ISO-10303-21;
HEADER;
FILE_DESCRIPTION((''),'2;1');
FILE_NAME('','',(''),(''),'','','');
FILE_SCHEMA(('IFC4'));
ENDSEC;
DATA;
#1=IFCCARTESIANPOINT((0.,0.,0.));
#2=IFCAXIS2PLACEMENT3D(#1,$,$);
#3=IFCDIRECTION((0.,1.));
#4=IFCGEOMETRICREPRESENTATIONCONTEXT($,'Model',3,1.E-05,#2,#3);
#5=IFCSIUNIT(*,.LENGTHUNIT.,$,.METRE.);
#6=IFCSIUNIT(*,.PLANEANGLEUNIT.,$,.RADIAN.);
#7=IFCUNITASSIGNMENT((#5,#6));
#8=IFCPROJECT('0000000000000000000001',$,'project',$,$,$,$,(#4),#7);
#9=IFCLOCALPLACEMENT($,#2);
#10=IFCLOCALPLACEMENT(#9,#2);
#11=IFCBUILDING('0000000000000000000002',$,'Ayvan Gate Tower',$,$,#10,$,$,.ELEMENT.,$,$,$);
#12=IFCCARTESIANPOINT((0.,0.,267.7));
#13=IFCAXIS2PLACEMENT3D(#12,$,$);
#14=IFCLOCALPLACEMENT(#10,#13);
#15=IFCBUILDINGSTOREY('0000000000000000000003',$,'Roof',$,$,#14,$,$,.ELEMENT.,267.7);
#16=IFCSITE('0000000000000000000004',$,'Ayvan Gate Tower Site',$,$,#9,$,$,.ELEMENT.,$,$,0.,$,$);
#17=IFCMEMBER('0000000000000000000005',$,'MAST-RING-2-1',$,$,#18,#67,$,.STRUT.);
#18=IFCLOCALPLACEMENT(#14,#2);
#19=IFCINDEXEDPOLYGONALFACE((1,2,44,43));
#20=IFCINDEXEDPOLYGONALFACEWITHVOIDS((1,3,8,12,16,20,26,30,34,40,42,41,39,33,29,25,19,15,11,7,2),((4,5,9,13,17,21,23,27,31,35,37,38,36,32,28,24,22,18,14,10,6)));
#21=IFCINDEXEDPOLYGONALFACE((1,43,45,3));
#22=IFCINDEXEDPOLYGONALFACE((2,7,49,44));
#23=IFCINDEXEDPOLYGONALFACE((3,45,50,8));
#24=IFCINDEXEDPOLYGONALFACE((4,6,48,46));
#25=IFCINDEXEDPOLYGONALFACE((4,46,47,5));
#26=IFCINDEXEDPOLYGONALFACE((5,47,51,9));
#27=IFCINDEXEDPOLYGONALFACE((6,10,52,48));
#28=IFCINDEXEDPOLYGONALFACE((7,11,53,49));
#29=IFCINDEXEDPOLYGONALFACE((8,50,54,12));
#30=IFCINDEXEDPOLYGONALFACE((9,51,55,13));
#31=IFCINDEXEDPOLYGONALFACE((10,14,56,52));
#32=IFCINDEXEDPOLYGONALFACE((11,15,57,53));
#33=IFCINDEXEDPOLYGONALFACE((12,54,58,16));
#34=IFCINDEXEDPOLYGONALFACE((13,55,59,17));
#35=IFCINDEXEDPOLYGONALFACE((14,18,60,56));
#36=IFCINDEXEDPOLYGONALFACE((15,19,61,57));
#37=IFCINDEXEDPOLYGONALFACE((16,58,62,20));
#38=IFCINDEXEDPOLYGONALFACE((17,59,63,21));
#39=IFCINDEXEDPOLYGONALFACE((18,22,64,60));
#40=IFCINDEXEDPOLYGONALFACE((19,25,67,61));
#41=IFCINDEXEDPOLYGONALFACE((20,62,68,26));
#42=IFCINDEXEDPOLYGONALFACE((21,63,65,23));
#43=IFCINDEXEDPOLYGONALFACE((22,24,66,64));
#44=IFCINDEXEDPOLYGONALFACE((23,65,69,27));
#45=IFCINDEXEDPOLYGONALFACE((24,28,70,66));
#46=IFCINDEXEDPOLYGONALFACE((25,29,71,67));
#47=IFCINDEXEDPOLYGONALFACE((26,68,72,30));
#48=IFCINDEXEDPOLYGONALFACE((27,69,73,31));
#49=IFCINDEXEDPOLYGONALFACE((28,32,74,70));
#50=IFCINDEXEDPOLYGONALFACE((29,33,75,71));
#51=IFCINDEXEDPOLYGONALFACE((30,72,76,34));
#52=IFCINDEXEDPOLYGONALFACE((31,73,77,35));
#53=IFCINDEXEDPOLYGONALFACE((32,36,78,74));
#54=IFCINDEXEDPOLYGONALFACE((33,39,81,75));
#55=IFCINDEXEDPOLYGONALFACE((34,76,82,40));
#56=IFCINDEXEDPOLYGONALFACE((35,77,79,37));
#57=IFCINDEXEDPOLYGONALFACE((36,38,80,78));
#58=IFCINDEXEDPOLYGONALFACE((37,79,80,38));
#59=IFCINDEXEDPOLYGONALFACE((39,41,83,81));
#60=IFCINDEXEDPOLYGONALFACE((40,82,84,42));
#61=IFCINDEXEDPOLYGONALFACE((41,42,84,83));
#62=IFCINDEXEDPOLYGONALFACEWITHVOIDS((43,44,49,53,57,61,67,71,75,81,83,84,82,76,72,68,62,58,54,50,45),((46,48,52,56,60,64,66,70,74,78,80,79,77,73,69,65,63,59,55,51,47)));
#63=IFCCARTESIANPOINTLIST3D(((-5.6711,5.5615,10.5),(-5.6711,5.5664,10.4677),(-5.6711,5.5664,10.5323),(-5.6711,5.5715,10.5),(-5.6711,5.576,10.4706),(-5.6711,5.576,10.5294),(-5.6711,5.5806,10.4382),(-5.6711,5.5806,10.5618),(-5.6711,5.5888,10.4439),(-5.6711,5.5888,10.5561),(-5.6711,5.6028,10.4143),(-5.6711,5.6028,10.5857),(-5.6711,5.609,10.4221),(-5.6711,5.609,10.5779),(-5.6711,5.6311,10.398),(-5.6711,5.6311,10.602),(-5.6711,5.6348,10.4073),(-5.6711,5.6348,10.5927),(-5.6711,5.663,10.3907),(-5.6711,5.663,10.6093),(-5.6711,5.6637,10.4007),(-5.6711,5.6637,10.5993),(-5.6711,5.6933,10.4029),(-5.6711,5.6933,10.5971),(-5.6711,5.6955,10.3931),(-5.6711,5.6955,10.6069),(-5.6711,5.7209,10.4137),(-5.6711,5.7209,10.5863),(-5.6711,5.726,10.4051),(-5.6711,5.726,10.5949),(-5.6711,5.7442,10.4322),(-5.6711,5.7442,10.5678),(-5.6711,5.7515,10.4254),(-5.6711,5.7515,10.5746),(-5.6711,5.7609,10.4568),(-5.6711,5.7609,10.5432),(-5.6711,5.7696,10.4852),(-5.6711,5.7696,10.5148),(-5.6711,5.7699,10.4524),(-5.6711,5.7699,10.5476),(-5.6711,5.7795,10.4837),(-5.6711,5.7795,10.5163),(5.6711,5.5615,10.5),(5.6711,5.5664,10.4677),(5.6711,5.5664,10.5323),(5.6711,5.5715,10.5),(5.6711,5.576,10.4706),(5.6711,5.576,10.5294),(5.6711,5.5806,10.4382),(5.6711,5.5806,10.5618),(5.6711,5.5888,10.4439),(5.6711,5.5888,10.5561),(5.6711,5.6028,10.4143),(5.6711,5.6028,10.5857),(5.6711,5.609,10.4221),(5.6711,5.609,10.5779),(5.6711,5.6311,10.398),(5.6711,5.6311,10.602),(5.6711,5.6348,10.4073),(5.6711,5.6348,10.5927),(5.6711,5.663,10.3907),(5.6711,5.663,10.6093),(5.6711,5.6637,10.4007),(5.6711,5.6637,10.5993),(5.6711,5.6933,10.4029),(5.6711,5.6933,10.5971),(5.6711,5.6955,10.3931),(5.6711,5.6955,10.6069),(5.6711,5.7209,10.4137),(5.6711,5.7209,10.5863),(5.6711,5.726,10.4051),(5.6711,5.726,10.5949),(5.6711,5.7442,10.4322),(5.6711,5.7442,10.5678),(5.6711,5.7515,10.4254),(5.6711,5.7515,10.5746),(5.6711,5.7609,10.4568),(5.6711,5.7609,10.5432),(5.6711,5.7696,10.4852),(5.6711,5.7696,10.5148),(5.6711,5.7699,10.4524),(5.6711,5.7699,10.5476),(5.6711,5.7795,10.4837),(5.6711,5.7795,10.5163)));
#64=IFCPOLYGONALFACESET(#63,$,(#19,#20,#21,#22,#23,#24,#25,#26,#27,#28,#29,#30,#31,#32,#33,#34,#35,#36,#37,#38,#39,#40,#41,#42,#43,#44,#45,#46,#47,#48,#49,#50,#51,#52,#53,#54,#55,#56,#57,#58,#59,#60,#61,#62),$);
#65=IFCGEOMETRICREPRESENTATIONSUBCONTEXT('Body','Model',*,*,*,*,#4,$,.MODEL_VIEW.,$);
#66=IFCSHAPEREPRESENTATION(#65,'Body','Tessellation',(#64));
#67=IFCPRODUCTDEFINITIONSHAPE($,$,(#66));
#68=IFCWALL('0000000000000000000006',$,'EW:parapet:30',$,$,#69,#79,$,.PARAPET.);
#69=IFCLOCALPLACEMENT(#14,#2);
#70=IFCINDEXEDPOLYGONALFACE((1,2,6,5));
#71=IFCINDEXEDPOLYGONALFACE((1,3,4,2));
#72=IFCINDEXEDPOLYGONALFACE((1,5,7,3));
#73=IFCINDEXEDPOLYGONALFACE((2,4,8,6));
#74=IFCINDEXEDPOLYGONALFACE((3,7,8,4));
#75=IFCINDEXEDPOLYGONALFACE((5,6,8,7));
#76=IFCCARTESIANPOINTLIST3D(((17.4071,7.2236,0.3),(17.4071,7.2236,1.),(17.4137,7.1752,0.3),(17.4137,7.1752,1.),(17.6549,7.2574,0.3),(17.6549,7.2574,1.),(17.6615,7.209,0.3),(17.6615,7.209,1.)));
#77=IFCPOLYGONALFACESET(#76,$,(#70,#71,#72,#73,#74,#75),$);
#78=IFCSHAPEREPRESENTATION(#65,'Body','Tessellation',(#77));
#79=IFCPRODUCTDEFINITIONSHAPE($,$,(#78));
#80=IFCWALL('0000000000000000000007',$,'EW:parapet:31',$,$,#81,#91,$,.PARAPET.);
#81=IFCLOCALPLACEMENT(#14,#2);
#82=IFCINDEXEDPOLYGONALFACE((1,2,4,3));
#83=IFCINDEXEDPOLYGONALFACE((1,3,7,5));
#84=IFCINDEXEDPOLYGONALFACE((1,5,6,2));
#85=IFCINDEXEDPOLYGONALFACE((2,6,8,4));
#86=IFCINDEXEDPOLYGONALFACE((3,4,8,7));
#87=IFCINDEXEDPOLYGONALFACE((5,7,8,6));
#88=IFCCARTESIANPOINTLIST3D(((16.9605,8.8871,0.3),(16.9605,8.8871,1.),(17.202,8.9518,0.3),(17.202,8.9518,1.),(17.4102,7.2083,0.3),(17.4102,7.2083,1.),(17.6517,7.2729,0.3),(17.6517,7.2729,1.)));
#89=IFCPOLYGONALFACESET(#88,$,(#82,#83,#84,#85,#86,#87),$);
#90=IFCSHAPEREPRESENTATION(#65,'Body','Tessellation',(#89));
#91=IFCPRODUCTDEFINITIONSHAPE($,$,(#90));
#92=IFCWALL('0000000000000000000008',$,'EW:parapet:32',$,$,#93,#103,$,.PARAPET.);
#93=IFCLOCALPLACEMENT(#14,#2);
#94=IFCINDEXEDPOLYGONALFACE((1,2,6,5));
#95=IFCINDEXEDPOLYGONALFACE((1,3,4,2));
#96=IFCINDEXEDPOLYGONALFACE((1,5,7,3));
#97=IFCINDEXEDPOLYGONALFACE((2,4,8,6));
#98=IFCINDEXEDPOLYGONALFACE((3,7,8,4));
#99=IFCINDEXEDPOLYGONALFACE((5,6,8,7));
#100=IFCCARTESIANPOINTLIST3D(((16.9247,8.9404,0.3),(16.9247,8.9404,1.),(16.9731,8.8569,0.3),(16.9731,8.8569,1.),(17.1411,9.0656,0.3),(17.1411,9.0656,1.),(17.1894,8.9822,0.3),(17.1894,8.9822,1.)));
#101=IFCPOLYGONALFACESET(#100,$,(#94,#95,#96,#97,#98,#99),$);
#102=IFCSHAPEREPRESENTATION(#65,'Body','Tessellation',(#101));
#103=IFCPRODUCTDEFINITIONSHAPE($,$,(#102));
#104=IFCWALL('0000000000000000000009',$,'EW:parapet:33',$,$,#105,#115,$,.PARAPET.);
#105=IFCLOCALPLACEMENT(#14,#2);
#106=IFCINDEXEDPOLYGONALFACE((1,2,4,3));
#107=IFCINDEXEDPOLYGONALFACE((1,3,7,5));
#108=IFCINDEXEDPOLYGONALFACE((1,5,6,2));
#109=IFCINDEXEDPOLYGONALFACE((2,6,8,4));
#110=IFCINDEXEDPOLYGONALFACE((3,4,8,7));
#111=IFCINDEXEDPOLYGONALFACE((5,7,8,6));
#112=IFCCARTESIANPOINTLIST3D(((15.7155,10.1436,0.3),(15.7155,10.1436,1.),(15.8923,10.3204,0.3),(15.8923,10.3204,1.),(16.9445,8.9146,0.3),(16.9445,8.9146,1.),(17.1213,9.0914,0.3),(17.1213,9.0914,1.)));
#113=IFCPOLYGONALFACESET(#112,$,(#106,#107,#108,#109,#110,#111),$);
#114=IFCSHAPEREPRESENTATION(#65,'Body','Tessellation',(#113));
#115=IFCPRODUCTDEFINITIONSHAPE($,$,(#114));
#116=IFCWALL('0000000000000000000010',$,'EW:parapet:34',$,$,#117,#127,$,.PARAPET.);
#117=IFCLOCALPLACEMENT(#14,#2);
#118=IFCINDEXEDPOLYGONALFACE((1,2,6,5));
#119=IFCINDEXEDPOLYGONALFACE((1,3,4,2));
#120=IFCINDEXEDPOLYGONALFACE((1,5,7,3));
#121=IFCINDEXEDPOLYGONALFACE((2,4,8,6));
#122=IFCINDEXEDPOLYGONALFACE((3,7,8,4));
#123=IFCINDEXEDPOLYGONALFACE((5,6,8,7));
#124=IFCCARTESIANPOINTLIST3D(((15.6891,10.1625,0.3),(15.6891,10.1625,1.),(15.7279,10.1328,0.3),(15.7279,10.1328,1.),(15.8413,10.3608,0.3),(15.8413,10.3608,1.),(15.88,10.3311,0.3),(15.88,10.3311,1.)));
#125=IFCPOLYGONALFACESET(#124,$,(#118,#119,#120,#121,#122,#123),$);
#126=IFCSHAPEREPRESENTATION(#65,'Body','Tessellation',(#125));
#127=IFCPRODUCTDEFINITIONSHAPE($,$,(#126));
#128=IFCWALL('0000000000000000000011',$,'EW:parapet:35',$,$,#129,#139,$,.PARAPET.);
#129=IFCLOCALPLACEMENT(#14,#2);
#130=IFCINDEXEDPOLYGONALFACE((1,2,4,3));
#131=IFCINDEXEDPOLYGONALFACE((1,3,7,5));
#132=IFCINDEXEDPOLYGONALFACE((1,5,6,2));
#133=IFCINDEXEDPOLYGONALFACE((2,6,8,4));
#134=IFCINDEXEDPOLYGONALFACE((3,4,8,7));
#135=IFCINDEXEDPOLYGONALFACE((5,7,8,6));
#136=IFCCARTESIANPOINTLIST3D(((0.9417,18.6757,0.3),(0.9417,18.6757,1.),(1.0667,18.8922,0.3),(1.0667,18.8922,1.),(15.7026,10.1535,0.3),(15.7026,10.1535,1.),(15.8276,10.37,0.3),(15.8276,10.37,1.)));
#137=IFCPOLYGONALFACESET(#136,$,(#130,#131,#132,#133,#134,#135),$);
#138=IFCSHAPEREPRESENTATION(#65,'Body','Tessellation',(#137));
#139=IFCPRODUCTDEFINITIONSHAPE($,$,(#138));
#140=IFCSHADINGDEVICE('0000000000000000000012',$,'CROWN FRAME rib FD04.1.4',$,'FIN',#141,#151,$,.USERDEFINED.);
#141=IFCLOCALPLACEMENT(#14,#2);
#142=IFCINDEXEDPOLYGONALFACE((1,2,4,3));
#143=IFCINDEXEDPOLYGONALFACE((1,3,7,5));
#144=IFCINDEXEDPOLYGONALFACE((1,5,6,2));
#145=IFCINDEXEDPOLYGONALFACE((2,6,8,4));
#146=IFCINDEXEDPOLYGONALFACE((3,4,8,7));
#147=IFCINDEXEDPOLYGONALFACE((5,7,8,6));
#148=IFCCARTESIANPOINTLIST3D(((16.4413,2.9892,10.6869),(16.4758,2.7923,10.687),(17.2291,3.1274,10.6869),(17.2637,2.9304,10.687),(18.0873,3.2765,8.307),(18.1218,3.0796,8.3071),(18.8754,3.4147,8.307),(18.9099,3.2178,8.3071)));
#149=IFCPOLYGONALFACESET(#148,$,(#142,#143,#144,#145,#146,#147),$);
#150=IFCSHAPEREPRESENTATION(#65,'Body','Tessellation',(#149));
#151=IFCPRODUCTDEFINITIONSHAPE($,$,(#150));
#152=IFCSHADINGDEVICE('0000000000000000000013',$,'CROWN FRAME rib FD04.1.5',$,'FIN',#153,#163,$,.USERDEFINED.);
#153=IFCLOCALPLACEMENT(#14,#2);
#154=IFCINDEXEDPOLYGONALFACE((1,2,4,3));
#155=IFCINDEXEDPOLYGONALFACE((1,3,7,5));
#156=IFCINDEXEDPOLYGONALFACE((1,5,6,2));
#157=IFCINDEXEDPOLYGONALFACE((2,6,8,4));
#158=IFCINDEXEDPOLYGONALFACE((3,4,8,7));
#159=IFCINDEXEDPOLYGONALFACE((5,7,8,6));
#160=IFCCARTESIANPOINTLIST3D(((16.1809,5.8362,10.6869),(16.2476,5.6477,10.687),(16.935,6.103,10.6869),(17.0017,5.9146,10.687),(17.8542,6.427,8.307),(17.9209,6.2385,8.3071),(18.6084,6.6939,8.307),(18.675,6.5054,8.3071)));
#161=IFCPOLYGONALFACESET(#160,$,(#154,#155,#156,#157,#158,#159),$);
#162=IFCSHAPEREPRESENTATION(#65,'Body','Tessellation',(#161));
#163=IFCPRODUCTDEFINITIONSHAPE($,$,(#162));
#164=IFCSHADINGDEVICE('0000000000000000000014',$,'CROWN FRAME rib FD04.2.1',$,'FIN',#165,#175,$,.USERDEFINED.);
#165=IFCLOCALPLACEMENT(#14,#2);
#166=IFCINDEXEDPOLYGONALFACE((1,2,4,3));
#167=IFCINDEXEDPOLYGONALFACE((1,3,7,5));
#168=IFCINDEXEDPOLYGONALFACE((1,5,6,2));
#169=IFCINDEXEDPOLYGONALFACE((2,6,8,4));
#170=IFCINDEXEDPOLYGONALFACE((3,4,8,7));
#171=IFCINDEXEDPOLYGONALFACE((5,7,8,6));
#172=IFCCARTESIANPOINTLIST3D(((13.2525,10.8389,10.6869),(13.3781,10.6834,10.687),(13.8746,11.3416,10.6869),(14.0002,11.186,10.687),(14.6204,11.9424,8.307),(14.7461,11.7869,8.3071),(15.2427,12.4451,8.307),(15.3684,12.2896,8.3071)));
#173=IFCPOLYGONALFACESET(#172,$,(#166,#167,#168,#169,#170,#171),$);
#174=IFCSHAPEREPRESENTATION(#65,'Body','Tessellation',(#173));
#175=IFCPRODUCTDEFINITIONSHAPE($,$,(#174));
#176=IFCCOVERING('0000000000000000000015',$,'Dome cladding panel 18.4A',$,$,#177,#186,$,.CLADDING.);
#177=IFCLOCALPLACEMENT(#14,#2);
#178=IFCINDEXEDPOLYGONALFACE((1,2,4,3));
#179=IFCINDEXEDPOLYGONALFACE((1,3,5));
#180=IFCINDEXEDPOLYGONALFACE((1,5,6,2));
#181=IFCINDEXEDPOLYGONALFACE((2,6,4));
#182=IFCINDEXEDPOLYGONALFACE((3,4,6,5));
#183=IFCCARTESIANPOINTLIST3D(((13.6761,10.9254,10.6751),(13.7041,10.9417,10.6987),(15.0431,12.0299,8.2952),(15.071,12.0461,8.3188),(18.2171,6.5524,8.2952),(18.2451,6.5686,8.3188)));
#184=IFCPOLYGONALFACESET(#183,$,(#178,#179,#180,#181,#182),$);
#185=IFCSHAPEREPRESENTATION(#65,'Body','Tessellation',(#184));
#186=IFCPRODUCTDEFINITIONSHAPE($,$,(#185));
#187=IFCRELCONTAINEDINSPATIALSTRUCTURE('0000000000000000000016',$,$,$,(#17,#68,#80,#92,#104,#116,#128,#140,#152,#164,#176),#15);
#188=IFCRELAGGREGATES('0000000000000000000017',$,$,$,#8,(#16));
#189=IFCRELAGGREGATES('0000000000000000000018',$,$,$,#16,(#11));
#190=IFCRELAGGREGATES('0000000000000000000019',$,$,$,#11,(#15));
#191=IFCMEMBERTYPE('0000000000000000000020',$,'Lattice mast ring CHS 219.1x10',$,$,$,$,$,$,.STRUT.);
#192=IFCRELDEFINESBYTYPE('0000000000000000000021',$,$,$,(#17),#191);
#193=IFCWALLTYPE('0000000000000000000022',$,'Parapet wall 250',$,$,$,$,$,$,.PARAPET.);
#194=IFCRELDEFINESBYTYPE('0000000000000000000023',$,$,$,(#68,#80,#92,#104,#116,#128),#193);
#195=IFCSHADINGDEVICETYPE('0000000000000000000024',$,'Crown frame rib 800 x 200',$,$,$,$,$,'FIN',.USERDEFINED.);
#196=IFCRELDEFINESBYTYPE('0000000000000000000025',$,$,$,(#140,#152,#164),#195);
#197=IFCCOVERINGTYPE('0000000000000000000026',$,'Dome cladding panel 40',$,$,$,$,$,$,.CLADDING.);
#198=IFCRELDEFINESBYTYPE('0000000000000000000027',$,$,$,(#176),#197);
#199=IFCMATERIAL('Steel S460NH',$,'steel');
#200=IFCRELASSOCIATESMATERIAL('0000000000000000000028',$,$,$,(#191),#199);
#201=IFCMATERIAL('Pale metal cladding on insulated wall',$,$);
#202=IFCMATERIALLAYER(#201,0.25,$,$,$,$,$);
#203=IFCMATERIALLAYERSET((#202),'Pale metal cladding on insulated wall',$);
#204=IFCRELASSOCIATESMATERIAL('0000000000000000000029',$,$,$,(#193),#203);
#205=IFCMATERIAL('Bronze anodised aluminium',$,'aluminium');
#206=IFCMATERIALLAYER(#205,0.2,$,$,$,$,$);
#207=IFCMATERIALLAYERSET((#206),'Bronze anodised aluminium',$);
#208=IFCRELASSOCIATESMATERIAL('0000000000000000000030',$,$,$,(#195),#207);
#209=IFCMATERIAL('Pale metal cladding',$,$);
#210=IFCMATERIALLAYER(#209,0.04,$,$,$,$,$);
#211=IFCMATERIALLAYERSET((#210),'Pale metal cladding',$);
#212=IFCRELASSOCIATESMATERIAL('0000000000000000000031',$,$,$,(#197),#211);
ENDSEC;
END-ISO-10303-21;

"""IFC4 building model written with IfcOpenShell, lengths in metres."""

from ifc_helpers import new_model, si_unit, direction, frame, frame_2d, origin, origin_2d, place, context, subcontext, project, spatial, polyline, rectangle, hollow_circle, outline, extrude, material, layer, layer_set, material_profile, profile_set, type_object, element, save


model = new_model("IFC4")

# Units and contexts
model_context = context("Model", 3, precision=1e-05, world=origin(), true_north=direction((0.0, 1.0)))
body_context = subcontext(model_context, "Body", "Model", "MODEL_VIEW")
ifc_project = project(units=[si_unit("LENGTHUNIT", "METRE"), si_unit("PLANEANGLEUNIT", "RADIAN")], contexts=[model_context])

# Site, building, storey
site_placement = place(None, origin())
site = spatial("IfcSite", under=ifc_project, at=site_placement, Name="Ayvan Gate Tower Site", CompositionType="ELEMENT", RefElevation=0.0)
building_placement = place(site_placement, origin())
building = spatial("IfcBuilding", under=site, at=building_placement, Name="Ayvan Gate Tower", CompositionType="ELEMENT")
storey_placement = place(building_placement, frame((0.0, 0.0, 267.7)))
storey = spatial("IfcBuildingStorey", under=building, at=storey_placement, Name="Roof", CompositionType="ELEMENT", Elevation=267.7)

# Member
ifc_material_1 = material(Name="Steel S460NH", Category="steel")
ifc_material_profile_1 = material_profile(ifc_material_1, hollow_circle(Radius=0.1096, WallThickness=0.01, at=origin_2d()), Name="CHS 219.1x10")
ifc_profile_set_1 = profile_set([ifc_material_profile_1], Name="Steel S460NH")
member_type_1 = type_object("IfcMemberType", Name="Lattice mast ring CHS 219.1x10", PredefinedType="STRUT", material=ifc_profile_set_1)
member_1_placement = place(storey_placement, frame((5.6711, 5.6711, 10.5), z_axis=(-1.0, 0.0, 0.0), x_axis=(0.0, -1.0, 0.0)))
element("IfcMember", 1, at=member_1_placement, inside=storey, type_object=member_type_1, Name="MAST-RING-2-1", PredefinedType="STRUT", context=body_context, shape_type="SweptSolid", body=[
    extrude(hollow_circle(Radius=0.1096, WallThickness=0.01, at=origin_2d()), origin(), (0.0, 0.0, 1.0), 11.3423),
])

# Walls
ifc_material_2 = material(Name="Pale metal cladding on insulated wall")
ifc_layer_1 = layer(ifc_material_2, 0.25)
ifc_layer_set_1 = layer_set([ifc_layer_1], Name="Pale metal cladding on insulated wall")
wall_type = type_object("IfcWallType", Name="Parapet wall 250", PredefinedType="PARAPET", material=ifc_layer_set_1)
wall_1_placement = place(storey_placement, frame((17.5376, 7.1921, 0.3), z_axis=(0.0, 0.0, 1.0), x_axis=(-0.135113, 0.99083, 0.0)))
element("IfcWall", 2, at=wall_1_placement, inside=storey, type_object=wall_type, Name="EW:parapet:30", PredefinedType="PARAPET", context=body_context, shape_type="SweptSolid", body=[
    extrude(rectangle(XDim=0.0488, YDim=0.25, at=frame_2d((0.0244, 0.0))), origin(), (0.0, 0.0, 1.0), 0.7),
])
wall_2_placement = place(storey_placement, frame((17.531, 7.2405, 0.3), z_axis=(0.0, 0.0, 1.0), x_axis=(-0.258729, 0.96595, 0.0)))
element("IfcWall", 3, at=wall_2_placement, inside=storey, type_object=wall_type, Name="EW:parapet:31", PredefinedType="PARAPET", context=body_context, shape_type="SweptSolid", body=[
    extrude(rectangle(XDim=1.738, YDim=0.25, at=frame_2d((0.8691, 0.0))), origin(), (0.0, 0.0, 1.0), 0.7),
])
wall_3_placement = place(storey_placement, frame((17.0813, 8.9194, 0.3), z_axis=(0.0, 0.0, 1.0), x_axis=(-0.501036, 0.865426, 0.0)))
element("IfcWall", 4, at=wall_3_placement, inside=storey, type_object=wall_type, Name="EW:parapet:32", PredefinedType="PARAPET", context=body_context, shape_type="SweptSolid", body=[
    extrude(rectangle(XDim=0.0964, YDim=0.25, at=frame_2d((0.0483, 0.0))), origin(), (0.0, 0.0, 1.0), 0.7),
])
wall_4_placement = place(storey_placement, frame((17.033, 9.0029, 0.3), z_axis=(0.0, 0.0, 1.0), x_axis=(-0.707107, 0.707107, 0.0)))
element("IfcWall", 5, at=wall_4_placement, inside=storey, type_object=wall_type, Name="EW:parapet:33", PredefinedType="PARAPET", context=body_context, shape_type="SweptSolid", body=[
    extrude(rectangle(XDim=1.738, YDim=0.25, at=frame_2d((0.8691, 0.0))), origin(), (0.0, 0.0, 1.0), 0.7),
])
wall_5_placement = place(storey_placement, frame((15.804, 10.2319, 0.3), z_axis=(0.0, 0.0, 1.0), x_axis=(-0.793365, 0.608746, 0.0)))
element("IfcWall", 6, at=wall_5_placement, inside=storey, type_object=wall_type, Name="EW:parapet:34", PredefinedType="PARAPET", context=body_context, shape_type="SweptSolid", body=[
    extrude(rectangle(XDim=0.0488, YDim=0.25, at=frame_2d((0.0244, 0.0))), origin(), (0.0, 0.0, 1.0), 0.7),
])
wall_6_placement = place(storey_placement, frame((15.7651, 10.2617, 0.3), z_axis=(0.0, 0.0, 1.0), x_axis=(-0.866026, 0.499998, 0.0)))
element("IfcWall", 7, at=wall_6_placement, inside=storey, type_object=wall_type, Name="EW:parapet:35", PredefinedType="PARAPET", context=body_context, shape_type="SweptSolid", body=[
    extrude(rectangle(XDim=17.0444, YDim=0.25, at=frame_2d((8.5222, 0.0))), origin(), (0.0, 0.0, 1.0), 0.7),
])

# Shading devices
ifc_material_3 = material(Name="Bronze anodised aluminium", Category="aluminium")
ifc_layer_2 = layer(ifc_material_3, 0.2)
ifc_layer_set_2 = layer_set([ifc_layer_2], Name="Bronze anodised aluminium")
shading_device_type = type_object("IfcShadingDeviceType", Name="Crown frame rib 800 x 200", ElementType="FIN", PredefinedType="USERDEFINED", material=ifc_layer_set_2)
shading_device_1_placement = place(storey_placement, frame((18.1218, 3.0796, 8.3071), z_axis=(0.172732, -0.984969, 0.000547), x_axis=(0.984969, 0.172732, 0.0)))
element("IfcShadingDevice", 8, at=shading_device_1_placement, inside=storey, type_object=shading_device_type, Name="CROWN FRAME rib FD04.1.4", ObjectType="FIN", PredefinedType="USERDEFINED", context=body_context, shape_type="SweptSolid", body=[
    extrude(outline(polyline([(0.0, 0.0), (0.8001, 0.0), (-0.871, 2.3799), (-1.6709, 2.3799), (0.0, 0.0)])), origin(), (0.0, 0.0, -1.0), 0.2),
])
shading_device_2_placement = place(storey_placement, frame((17.9209, 6.2385, 8.3071), z_axis=(0.33357, -0.942725, 0.000502), x_axis=(0.942725, 0.33357, 0.0)))
element("IfcShadingDevice", 9, at=shading_device_2_placement, inside=storey, type_object=shading_device_type, Name="CROWN FRAME rib FD04.1.5", ObjectType="FIN", PredefinedType="USERDEFINED", context=body_context, shape_type="SweptSolid", body=[
    extrude(outline(polyline([(0.0, 0.0), (0.8, 0.0), (-0.9746, 2.3799), (-1.7746, 2.3799), (0.0, 0.0)])), origin(), (0.0, 0.0, -1.0), 0.2),
])
shading_device_3_placement = place(storey_placement, frame((14.7461, 11.7869, 8.3071), z_axis=(0.628447, -0.777852, 0.000576), x_axis=(0.777852, 0.628447, 0.0)))
element("IfcShadingDevice", 10, at=shading_device_3_placement, inside=storey, type_object=shading_device_type, Name="CROWN FRAME rib FD04.2.1", ObjectType="FIN", PredefinedType="USERDEFINED", context=body_context, shape_type="SweptSolid", body=[
    extrude(outline(polyline([(0.0, 0.0), (0.8, 0.0), (-0.9578, 2.3799), (-1.7575, 2.3799), (0.0, 0.0)])), origin(), (0.0, 0.0, -1.0), 0.2),
])

# Covering
ifc_material_4 = material(Name="Pale metal cladding")
ifc_layer_3 = layer(ifc_material_4, 0.04)
ifc_layer_set_3 = layer_set([ifc_layer_3], Name="Pale metal cladding")
covering_type = type_object("IfcCoveringType", Name="Dome cladding panel 40", PredefinedType="CLADDING", material=ifc_layer_set_3)
covering_1_placement = place(storey_placement, frame((18.2451, 6.5686, 8.3188), z_axis=(0.698951, 0.405021, 0.589428), x_axis=(-0.501375, 0.86523, 0.0)))
element("IfcCovering", 11, at=covering_1_placement, inside=storey, type_object=covering_type, Name="Dome cladding panel 18.4A", PredefinedType="CLADDING", context=body_context, shape_type="SweptSolid", body=[
    extrude(outline(polyline([(0.0, 0.0), (6.3307, 0.0), (6.0604, 2.9461), (0.0, 0.0)])), origin(), (0.0, 0.0, -1.0), 0.04),
])

save(model, "model.ifc")
